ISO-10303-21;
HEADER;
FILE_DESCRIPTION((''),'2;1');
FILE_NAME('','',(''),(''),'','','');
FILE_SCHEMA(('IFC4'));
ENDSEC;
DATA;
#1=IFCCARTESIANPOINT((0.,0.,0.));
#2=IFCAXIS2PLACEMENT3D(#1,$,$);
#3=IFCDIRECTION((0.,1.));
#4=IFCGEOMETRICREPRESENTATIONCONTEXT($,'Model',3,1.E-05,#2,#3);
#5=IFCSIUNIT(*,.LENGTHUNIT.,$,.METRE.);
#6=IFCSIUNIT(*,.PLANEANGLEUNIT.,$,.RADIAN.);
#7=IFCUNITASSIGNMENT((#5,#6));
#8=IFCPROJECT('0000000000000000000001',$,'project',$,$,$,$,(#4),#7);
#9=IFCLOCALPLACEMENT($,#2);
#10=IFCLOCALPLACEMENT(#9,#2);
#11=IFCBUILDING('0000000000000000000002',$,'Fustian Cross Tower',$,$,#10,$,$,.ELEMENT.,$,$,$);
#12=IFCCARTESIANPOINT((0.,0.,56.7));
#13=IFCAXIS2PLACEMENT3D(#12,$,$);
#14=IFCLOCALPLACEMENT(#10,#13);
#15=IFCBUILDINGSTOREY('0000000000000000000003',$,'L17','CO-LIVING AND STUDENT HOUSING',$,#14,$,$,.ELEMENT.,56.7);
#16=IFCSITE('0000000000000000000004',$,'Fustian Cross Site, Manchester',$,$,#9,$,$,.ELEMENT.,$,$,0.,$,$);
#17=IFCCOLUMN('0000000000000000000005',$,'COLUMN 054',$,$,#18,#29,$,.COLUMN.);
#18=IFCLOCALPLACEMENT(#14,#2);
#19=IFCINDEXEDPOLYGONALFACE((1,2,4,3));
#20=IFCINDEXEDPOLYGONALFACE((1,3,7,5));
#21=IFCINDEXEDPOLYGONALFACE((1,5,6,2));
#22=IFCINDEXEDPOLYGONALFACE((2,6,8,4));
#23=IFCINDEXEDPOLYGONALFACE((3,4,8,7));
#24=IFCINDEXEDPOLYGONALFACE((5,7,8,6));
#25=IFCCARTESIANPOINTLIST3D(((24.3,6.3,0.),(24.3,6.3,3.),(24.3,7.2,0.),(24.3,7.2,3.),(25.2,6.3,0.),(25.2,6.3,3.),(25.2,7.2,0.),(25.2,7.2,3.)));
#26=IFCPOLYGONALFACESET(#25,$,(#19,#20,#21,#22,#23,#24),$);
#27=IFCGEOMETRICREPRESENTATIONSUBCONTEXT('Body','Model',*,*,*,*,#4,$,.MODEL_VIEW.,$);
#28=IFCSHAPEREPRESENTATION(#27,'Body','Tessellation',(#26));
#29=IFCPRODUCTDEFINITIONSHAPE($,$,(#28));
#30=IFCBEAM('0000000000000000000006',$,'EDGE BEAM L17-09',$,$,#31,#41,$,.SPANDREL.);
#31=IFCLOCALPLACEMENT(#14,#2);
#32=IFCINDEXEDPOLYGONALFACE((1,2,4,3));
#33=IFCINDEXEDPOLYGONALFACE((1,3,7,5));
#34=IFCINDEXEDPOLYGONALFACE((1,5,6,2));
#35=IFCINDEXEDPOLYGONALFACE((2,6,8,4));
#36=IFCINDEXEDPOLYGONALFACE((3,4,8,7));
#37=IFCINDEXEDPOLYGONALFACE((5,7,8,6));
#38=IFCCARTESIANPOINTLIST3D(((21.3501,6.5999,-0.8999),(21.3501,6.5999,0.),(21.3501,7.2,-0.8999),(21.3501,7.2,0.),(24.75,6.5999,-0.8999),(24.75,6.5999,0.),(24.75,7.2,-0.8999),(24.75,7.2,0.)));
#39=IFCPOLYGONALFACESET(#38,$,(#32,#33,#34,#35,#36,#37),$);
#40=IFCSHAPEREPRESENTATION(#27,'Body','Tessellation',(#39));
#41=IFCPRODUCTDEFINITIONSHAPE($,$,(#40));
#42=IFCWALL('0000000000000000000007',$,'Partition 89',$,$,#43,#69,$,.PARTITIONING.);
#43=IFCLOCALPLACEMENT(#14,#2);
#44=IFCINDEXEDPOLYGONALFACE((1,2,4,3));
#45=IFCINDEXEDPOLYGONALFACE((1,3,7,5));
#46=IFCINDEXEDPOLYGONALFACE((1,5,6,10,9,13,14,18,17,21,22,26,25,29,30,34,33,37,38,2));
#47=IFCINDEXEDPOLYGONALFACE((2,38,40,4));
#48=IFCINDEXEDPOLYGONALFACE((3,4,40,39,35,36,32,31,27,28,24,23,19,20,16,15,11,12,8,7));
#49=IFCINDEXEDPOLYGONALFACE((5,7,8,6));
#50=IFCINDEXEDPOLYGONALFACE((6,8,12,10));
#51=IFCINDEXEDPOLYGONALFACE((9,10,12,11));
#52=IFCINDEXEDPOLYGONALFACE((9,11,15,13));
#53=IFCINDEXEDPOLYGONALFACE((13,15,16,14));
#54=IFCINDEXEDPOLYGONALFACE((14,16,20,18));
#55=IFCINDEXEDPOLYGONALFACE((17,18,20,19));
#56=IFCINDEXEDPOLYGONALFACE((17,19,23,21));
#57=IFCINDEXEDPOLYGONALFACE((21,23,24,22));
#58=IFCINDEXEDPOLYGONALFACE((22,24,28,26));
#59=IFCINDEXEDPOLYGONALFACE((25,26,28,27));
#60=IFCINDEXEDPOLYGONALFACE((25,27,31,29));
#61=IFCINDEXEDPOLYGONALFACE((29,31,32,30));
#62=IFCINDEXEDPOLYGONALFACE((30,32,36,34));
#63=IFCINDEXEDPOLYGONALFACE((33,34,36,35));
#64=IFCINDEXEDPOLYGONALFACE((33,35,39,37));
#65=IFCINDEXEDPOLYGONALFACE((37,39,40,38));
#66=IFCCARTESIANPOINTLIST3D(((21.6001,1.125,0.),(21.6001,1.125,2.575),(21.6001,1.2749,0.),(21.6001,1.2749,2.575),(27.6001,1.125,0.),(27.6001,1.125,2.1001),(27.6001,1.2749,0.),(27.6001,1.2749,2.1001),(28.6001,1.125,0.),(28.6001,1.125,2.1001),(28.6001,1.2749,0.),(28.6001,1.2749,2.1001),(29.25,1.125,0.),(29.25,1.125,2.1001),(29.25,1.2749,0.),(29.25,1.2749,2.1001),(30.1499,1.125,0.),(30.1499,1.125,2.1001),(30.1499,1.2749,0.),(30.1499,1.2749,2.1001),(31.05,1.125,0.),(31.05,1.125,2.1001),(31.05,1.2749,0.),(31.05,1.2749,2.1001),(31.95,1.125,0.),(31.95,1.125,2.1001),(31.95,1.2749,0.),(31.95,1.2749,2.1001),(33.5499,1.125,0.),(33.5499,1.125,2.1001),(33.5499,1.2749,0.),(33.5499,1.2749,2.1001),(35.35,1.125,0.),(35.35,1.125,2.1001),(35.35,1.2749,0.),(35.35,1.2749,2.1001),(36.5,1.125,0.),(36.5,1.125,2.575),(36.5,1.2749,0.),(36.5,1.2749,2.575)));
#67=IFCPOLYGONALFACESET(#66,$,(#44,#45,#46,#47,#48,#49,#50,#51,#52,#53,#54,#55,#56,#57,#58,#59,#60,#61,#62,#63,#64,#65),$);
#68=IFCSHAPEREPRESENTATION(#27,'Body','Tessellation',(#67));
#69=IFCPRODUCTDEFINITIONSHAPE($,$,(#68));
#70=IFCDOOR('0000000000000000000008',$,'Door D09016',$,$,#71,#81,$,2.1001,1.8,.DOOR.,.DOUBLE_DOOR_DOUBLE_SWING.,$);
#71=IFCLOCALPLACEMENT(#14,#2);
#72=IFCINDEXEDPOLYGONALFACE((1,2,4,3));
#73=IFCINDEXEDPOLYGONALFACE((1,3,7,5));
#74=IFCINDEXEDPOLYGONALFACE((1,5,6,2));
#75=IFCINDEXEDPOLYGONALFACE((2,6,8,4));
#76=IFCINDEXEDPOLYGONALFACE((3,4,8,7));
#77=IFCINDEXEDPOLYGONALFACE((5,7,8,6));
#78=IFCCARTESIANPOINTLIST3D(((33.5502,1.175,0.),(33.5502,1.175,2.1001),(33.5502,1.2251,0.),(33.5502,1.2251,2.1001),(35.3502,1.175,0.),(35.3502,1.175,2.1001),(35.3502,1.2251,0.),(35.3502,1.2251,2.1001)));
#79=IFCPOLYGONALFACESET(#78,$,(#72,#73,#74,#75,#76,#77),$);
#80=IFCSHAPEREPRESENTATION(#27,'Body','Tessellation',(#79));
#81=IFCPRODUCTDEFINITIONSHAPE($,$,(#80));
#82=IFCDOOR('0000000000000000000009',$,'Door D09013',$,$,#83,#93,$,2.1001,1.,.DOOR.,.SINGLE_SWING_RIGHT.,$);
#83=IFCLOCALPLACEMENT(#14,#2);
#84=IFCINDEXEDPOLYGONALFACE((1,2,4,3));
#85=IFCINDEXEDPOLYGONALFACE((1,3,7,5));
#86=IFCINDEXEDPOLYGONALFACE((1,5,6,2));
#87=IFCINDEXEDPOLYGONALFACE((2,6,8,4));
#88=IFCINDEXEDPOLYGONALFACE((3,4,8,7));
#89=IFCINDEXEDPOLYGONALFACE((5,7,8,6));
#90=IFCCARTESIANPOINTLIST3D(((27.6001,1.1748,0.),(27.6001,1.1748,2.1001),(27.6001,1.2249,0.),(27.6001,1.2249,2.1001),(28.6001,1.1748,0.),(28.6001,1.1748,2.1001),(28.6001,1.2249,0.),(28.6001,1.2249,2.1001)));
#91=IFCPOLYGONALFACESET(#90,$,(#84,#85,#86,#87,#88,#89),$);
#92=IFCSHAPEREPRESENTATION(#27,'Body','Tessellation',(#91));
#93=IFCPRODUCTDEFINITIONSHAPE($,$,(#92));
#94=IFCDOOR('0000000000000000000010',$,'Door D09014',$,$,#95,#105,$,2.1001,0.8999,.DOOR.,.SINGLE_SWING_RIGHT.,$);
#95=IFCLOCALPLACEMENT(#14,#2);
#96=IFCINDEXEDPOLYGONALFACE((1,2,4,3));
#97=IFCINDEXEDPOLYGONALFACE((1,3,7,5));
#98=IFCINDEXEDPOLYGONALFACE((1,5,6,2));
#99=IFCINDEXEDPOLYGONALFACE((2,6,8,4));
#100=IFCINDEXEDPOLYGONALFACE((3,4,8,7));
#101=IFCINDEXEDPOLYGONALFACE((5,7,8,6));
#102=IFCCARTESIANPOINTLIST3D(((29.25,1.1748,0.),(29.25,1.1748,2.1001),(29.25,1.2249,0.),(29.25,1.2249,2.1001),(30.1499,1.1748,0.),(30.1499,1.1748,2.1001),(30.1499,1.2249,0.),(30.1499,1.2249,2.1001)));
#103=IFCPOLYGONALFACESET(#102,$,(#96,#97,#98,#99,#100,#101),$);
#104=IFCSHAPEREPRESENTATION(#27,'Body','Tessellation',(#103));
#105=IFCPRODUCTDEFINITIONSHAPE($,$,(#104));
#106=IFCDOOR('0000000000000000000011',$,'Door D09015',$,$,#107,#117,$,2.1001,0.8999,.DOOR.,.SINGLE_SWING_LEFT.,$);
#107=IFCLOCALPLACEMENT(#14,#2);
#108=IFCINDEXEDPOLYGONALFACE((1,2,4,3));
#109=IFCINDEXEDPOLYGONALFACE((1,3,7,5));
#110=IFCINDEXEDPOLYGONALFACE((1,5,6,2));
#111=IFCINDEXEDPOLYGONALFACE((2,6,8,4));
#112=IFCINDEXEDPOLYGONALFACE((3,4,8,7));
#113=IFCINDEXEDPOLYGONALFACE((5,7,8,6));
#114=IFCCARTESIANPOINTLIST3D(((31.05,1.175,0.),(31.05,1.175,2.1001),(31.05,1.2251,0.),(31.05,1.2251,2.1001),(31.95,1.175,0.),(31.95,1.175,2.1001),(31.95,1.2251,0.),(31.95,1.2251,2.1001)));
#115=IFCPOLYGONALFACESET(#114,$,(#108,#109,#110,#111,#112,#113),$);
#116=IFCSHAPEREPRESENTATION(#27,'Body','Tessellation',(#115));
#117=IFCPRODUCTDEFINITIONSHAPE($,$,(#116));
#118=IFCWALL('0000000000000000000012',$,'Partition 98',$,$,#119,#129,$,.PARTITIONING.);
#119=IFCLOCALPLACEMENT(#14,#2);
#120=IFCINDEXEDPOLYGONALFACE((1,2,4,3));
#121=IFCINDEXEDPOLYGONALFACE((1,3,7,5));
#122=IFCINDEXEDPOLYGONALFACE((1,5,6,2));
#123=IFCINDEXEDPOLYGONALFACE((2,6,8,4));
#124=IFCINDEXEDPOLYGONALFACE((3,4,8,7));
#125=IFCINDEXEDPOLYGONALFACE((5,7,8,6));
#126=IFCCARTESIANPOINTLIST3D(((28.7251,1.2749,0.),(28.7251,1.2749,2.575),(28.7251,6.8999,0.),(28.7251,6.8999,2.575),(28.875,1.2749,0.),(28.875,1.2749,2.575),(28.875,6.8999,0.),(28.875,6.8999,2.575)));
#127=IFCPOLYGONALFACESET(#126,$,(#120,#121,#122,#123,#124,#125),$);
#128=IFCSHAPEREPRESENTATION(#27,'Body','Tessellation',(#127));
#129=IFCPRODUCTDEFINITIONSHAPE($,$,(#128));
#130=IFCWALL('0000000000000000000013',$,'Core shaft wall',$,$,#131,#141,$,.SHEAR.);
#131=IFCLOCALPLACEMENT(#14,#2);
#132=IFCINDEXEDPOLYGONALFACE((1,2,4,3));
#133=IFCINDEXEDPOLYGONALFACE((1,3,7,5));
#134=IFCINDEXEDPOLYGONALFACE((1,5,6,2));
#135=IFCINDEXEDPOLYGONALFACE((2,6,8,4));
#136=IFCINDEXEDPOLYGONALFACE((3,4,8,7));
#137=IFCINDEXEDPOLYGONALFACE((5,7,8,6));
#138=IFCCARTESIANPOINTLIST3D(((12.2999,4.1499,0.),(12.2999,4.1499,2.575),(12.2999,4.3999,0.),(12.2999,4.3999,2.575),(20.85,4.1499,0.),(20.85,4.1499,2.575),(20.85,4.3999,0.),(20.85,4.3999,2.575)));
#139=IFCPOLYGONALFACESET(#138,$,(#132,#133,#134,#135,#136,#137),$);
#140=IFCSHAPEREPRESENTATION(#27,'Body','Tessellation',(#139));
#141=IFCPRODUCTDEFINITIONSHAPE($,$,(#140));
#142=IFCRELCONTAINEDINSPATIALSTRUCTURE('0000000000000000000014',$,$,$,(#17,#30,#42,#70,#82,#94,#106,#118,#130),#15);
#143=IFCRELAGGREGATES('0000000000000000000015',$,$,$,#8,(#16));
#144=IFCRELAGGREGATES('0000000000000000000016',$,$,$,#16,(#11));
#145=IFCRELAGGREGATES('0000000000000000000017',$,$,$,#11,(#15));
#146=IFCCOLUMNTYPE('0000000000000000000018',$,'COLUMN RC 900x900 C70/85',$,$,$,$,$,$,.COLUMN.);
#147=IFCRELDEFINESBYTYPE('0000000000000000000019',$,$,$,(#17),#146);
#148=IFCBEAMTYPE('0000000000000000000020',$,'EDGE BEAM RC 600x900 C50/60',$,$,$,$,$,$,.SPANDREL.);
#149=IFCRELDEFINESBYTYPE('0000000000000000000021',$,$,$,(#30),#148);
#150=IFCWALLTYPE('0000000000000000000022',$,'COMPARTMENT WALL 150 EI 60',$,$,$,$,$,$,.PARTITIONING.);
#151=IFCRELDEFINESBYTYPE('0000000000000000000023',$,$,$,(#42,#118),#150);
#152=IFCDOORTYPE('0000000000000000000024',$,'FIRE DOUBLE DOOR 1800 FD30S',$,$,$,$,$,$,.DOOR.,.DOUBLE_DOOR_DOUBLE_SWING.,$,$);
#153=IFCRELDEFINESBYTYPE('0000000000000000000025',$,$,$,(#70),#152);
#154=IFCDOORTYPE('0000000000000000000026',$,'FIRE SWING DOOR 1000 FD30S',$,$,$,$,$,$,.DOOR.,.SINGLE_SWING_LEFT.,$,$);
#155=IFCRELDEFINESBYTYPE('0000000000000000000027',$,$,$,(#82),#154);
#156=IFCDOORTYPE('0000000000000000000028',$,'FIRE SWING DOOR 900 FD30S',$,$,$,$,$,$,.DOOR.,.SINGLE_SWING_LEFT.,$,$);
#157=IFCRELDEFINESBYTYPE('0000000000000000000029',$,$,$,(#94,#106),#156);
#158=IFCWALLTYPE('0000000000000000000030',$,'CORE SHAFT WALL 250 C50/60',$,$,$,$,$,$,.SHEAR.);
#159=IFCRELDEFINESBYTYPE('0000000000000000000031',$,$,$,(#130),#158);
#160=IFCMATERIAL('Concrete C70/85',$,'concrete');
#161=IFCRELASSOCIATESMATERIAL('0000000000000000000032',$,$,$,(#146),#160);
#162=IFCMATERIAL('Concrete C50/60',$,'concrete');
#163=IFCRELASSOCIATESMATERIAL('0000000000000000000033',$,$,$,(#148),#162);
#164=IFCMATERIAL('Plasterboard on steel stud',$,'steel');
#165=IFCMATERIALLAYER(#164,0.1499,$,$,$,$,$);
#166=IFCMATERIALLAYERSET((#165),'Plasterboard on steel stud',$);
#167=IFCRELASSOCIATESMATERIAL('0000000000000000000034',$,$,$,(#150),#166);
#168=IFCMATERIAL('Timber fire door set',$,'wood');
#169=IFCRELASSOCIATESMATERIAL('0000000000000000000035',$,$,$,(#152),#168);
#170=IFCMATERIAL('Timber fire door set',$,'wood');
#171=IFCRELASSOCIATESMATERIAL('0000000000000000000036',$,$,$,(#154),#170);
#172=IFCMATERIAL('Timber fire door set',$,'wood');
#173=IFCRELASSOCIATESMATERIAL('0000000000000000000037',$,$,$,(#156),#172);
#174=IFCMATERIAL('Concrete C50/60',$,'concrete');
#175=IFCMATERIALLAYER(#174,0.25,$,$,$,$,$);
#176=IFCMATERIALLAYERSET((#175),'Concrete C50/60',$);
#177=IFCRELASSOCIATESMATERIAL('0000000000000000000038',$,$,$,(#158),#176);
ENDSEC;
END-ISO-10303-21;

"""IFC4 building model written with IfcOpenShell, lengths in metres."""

from ifc_helpers import new_model, si_unit, direction, frame, frame_2d, origin, origin_2d, place, context, subcontext, project, spatial, rectangle, extrude, material, layer, layer_set, material_profile, profile_set, type_object, element, fill, save


model = new_model("IFC4")

# Units and contexts
model_context = context("Model", 3, precision=1e-05, world=origin(), true_north=direction((0.0, 1.0)))
body_context = subcontext(model_context, "Body", "Model", "MODEL_VIEW")
ifc_project = project(units=[si_unit("LENGTHUNIT", "METRE"), si_unit("PLANEANGLEUNIT", "RADIAN")], contexts=[model_context])

# Site, building, storey
site_placement = place(None, origin())
site = spatial("IfcSite", under=ifc_project, at=site_placement, Name="Fustian Cross Site, Manchester", CompositionType="ELEMENT", RefElevation=0.0)
building_placement = place(site_placement, origin())
building = spatial("IfcBuilding", under=site, at=building_placement, Name="Fustian Cross Tower", CompositionType="ELEMENT")
storey_placement = place(building_placement, frame((0.0, 0.0, 56.7)))
storey = spatial("IfcBuildingStorey", under=building, at=storey_placement, Name="L17", Description="CO-LIVING AND STUDENT HOUSING", CompositionType="ELEMENT", Elevation=56.7)

# Column
ifc_material_1 = material(Name="Concrete C70/85", Category="concrete")
ifc_material_profile_1 = material_profile(ifc_material_1, rectangle(XDim=0.8999, YDim=0.8999, at=origin_2d()), Name="RC 900x900")
ifc_profile_set_1 = profile_set([ifc_material_profile_1], Name="Concrete C70/85")
column_type = type_object("IfcColumnType", Name="COLUMN RC 900x900 C70/85", PredefinedType="COLUMN", material=ifc_profile_set_1)
column_placement = place(storey_placement, frame((24.75, 6.75, 0.0), z_axis=(0.0, 0.0, 1.0), x_axis=(1.0, 0.0, 0.0)))
element("IfcColumn", 1, at=column_placement, inside=storey, type_object=column_type, Name="COLUMN 054", PredefinedType="COLUMN", context=body_context, shape_type="SweptSolid", body=[
    extrude(rectangle(XDim=0.8999, YDim=0.8999, at=origin_2d()), origin(), (0.0, 0.0, 1.0), 3.0),
])

# Beam
ifc_material_2 = material(Name="Concrete C50/60", Category="concrete")
ifc_material_profile_2 = material_profile(ifc_material_2, rectangle(XDim=0.6001, YDim=0.8999, at=origin_2d()), Name="RC 600x900")
ifc_profile_set_2 = profile_set([ifc_material_profile_2], Name="Concrete C50/60")
beam_type = type_object("IfcBeamType", Name="EDGE BEAM RC 600x900 C50/60", PredefinedType="SPANDREL", material=ifc_profile_set_2)
beam_placement = place(storey_placement, frame((24.75, 6.8999, -0.45), z_axis=(-1.0, 0.0, 0.0), x_axis=(0.0, -1.0, 0.0)))
element("IfcBeam", 2, at=beam_placement, inside=storey, type_object=beam_type, Name="EDGE BEAM L17-09", PredefinedType="SPANDREL", context=body_context, shape_type="SweptSolid", body=[
    extrude(rectangle(XDim=0.6001, YDim=0.8999, at=origin_2d()), origin(), (0.0, 0.0, 1.0), 3.3999),
])

# Wall, openings, doors
ifc_material_3 = material(Name="Plasterboard on steel stud", Category="steel")
ifc_layer_1 = layer(ifc_material_3, 0.1499)
ifc_layer_set_1 = layer_set([ifc_layer_1], Name="Plasterboard on steel stud")
wall_type_1 = type_object("IfcWallType", Name="COMPARTMENT WALL 150 EI 60", PredefinedType="PARTITIONING", material=ifc_layer_set_1)
wall_1_placement = place(storey_placement, frame((21.6001, 1.2, 0.0), z_axis=(0.0, 0.0, 1.0), x_axis=(1.0, 0.0, 0.0)))
wall_1 = element("IfcWall", 3, at=wall_1_placement, inside=storey, type_object=wall_type_1, Name="Partition 89", PredefinedType="PARTITIONING", context=body_context, shape_type="SweptSolid", body=[
    extrude(rectangle(XDim=14.8999, YDim=0.1499, at=frame_2d((7.45, 0.0))), origin(), (0.0, 0.0, 1.0), 2.575),
])
opening_1_placement = place(wall_1_placement, frame((6.0, 0.0, 0.0)))
opening_1 = element("IfcOpeningElement", 4, at=opening_1_placement, cuts=wall_1, PredefinedType="OPENING", context=body_context, shape_type="SweptSolid", body=[
    extrude(rectangle(XDim=1.0, YDim=2.1001, at=frame_2d((0.5, 1.05))), frame((0.0, 0.085, 0.0), z_axis=(0.0, -1.0, 0.0), x_axis=(1.0, 0.0, 0.0)), (0.0, 0.0, 1.0), 0.1699),
])
opening_2_placement = place(wall_1_placement, frame((7.6499, 0.0, 0.0)))
opening_2 = element("IfcOpeningElement", 5, at=opening_2_placement, cuts=wall_1, PredefinedType="OPENING", context=body_context, shape_type="SweptSolid", body=[
    extrude(rectangle(XDim=0.8999, YDim=2.1001, at=frame_2d((0.45, 1.05))), frame((0.0, 0.085, 0.0), z_axis=(0.0, -1.0, 0.0), x_axis=(1.0, 0.0, 0.0)), (0.0, 0.0, 1.0), 0.1699),
])
opening_3_placement = place(wall_1_placement, frame((9.45, 0.0, 0.0)))
opening_3 = element("IfcOpeningElement", 6, at=opening_3_placement, cuts=wall_1, PredefinedType="OPENING", context=body_context, shape_type="SweptSolid", body=[
    extrude(rectangle(XDim=0.8999, YDim=2.1001, at=frame_2d((0.45, 1.05))), frame((0.0, 0.085, 0.0), z_axis=(0.0, -1.0, 0.0), x_axis=(1.0, 0.0, 0.0)), (0.0, 0.0, 1.0), 0.1699),
])
opening_4_placement = place(wall_1_placement, frame((11.95, 0.0, 0.0)))
opening_4 = element("IfcOpeningElement", 7, at=opening_4_placement, cuts=wall_1, PredefinedType="OPENING", context=body_context, shape_type="SweptSolid", body=[
    extrude(rectangle(XDim=1.8, YDim=2.1001, at=frame_2d((0.8999, 1.05))), frame((0.0, 0.085, 0.0), z_axis=(0.0, -1.0, 0.0), x_axis=(1.0, 0.0, 0.0)), (0.0, 0.0, 1.0), 0.1699),
])
ifc_material_4 = material(Name="Timber fire door set", Category="wood")
door_type_1 = type_object("IfcDoorType", Name="FIRE DOUBLE DOOR 1800 FD30S", OperationType="DOUBLE_DOOR_DOUBLE_SWING", PredefinedType="DOOR", material=ifc_material_4)
door_1_placement = place(opening_4_placement, frame((1.8, 0.0, 0.0), z_axis=(0.0, 0.0, 1.0), x_axis=(-1.0, 0.0, 0.0)))
door_1 = element("IfcDoor", 8, at=door_1_placement, inside=storey, type_object=door_type_1, Name="Door D09016", OperationType="DOUBLE_DOOR_DOUBLE_SWING", OverallHeight=2.1001, OverallWidth=1.8, PredefinedType="DOOR", context=body_context, shape_type="SweptSolid", body=[
    extrude(rectangle(XDim=1.8, YDim=2.1001, at=frame_2d((0.8999, 1.05))), frame((0.0, 0.0249, 0.0), z_axis=(0.0, -1.0, 0.0), x_axis=(1.0, 0.0, 0.0)), (0.0, 0.0, 1.0), 0.05),
])
fill(opening_4, door_1)
ifc_material_5 = material(Name="Timber fire door set", Category="wood")
door_type_2 = type_object("IfcDoorType", Name="FIRE SWING DOOR 1000 FD30S", OperationType="SINGLE_SWING_LEFT", PredefinedType="DOOR", material=ifc_material_5)
door_2_placement = place(opening_1_placement, origin())
door_2 = element("IfcDoor", 9, at=door_2_placement, inside=storey, type_object=door_type_2, Name="Door D09013", OperationType="SINGLE_SWING_RIGHT", OverallHeight=2.1001, OverallWidth=1.0, PredefinedType="DOOR", context=body_context, shape_type="SweptSolid", body=[
    extrude(rectangle(XDim=1.0, YDim=2.1001, at=frame_2d((0.5, 1.05))), frame((0.0, 0.0249, 0.0), z_axis=(0.0, -1.0, 0.0), x_axis=(1.0, 0.0, 0.0)), (0.0, 0.0, 1.0), 0.05),
])
fill(opening_1, door_2)
ifc_material_6 = material(Name="Timber fire door set", Category="wood")
door_type_3 = type_object("IfcDoorType", Name="FIRE SWING DOOR 900 FD30S", OperationType="SINGLE_SWING_LEFT", PredefinedType="DOOR", material=ifc_material_6)
door_3_placement = place(opening_2_placement, origin())
door_3 = element("IfcDoor", 10, at=door_3_placement, inside=storey, type_object=door_type_3, Name="Door D09014", OperationType="SINGLE_SWING_RIGHT", OverallHeight=2.1001, OverallWidth=0.8999, PredefinedType="DOOR", context=body_context, shape_type="SweptSolid", body=[
    extrude(rectangle(XDim=0.8999, YDim=2.1001, at=frame_2d((0.45, 1.05))), frame((0.0, 0.0249, 0.0), z_axis=(0.0, -1.0, 0.0), x_axis=(1.0, 0.0, 0.0)), (0.0, 0.0, 1.0), 0.05),
])
fill(opening_2, door_3)
door_4_placement = place(opening_3_placement, frame((0.8999, 0.0, 0.0), z_axis=(0.0, 0.0, 1.0), x_axis=(-1.0, 0.0, 0.0)))
door_4 = element("IfcDoor", 11, at=door_4_placement, inside=storey, type_object=door_type_3, Name="Door D09015", OperationType="SINGLE_SWING_LEFT", OverallHeight=2.1001, OverallWidth=0.8999, PredefinedType="DOOR", context=body_context, shape_type="SweptSolid", body=[
    extrude(rectangle(XDim=0.8999, YDim=2.1001, at=frame_2d((0.45, 1.05))), frame((0.0, 0.0249, 0.0), z_axis=(0.0, -1.0, 0.0), x_axis=(1.0, 0.0, 0.0)), (0.0, 0.0, 1.0), 0.05),
])
fill(opening_3, door_4)

# Walls
wall_2_placement = place(storey_placement, frame((28.8, 1.2749, 0.0), z_axis=(0.0, 0.0, 1.0), x_axis=(0.0, 1.0, 0.0)))
element("IfcWall", 12, at=wall_2_placement, inside=storey, type_object=wall_type_1, Name="Partition 98", PredefinedType="PARTITIONING", context=body_context, shape_type="SweptSolid", body=[
    extrude(rectangle(XDim=5.625, YDim=0.1499, at=frame_2d((2.8125, 0.0))), origin(), (0.0, 0.0, 1.0), 2.575),
])
ifc_material_7 = material(Name="Concrete C50/60", Category="concrete")
ifc_layer_2 = layer(ifc_material_7, 0.25)
ifc_layer_set_2 = layer_set([ifc_layer_2], Name="Concrete C50/60")
wall_type_2 = type_object("IfcWallType", Name="CORE SHAFT WALL 250 C50/60", PredefinedType="SHEAR", material=ifc_layer_set_2)
wall_3_placement = place(storey_placement, frame((12.3, 4.2749, 0.0), z_axis=(0.0, 0.0, 1.0), x_axis=(1.0, 0.0, 0.0)))
element("IfcWall", 13, at=wall_3_placement, inside=storey, type_object=wall_type_2, Name="Core shaft wall", PredefinedType="SHEAR", context=body_context, shape_type="SweptSolid", body=[
    extrude(rectangle(XDim=8.55, YDim=0.25, at=frame_2d((4.2749, 0.0))), origin(), (0.0, 0.0, 1.0), 2.575),
])

save(model, "model.ifc")
